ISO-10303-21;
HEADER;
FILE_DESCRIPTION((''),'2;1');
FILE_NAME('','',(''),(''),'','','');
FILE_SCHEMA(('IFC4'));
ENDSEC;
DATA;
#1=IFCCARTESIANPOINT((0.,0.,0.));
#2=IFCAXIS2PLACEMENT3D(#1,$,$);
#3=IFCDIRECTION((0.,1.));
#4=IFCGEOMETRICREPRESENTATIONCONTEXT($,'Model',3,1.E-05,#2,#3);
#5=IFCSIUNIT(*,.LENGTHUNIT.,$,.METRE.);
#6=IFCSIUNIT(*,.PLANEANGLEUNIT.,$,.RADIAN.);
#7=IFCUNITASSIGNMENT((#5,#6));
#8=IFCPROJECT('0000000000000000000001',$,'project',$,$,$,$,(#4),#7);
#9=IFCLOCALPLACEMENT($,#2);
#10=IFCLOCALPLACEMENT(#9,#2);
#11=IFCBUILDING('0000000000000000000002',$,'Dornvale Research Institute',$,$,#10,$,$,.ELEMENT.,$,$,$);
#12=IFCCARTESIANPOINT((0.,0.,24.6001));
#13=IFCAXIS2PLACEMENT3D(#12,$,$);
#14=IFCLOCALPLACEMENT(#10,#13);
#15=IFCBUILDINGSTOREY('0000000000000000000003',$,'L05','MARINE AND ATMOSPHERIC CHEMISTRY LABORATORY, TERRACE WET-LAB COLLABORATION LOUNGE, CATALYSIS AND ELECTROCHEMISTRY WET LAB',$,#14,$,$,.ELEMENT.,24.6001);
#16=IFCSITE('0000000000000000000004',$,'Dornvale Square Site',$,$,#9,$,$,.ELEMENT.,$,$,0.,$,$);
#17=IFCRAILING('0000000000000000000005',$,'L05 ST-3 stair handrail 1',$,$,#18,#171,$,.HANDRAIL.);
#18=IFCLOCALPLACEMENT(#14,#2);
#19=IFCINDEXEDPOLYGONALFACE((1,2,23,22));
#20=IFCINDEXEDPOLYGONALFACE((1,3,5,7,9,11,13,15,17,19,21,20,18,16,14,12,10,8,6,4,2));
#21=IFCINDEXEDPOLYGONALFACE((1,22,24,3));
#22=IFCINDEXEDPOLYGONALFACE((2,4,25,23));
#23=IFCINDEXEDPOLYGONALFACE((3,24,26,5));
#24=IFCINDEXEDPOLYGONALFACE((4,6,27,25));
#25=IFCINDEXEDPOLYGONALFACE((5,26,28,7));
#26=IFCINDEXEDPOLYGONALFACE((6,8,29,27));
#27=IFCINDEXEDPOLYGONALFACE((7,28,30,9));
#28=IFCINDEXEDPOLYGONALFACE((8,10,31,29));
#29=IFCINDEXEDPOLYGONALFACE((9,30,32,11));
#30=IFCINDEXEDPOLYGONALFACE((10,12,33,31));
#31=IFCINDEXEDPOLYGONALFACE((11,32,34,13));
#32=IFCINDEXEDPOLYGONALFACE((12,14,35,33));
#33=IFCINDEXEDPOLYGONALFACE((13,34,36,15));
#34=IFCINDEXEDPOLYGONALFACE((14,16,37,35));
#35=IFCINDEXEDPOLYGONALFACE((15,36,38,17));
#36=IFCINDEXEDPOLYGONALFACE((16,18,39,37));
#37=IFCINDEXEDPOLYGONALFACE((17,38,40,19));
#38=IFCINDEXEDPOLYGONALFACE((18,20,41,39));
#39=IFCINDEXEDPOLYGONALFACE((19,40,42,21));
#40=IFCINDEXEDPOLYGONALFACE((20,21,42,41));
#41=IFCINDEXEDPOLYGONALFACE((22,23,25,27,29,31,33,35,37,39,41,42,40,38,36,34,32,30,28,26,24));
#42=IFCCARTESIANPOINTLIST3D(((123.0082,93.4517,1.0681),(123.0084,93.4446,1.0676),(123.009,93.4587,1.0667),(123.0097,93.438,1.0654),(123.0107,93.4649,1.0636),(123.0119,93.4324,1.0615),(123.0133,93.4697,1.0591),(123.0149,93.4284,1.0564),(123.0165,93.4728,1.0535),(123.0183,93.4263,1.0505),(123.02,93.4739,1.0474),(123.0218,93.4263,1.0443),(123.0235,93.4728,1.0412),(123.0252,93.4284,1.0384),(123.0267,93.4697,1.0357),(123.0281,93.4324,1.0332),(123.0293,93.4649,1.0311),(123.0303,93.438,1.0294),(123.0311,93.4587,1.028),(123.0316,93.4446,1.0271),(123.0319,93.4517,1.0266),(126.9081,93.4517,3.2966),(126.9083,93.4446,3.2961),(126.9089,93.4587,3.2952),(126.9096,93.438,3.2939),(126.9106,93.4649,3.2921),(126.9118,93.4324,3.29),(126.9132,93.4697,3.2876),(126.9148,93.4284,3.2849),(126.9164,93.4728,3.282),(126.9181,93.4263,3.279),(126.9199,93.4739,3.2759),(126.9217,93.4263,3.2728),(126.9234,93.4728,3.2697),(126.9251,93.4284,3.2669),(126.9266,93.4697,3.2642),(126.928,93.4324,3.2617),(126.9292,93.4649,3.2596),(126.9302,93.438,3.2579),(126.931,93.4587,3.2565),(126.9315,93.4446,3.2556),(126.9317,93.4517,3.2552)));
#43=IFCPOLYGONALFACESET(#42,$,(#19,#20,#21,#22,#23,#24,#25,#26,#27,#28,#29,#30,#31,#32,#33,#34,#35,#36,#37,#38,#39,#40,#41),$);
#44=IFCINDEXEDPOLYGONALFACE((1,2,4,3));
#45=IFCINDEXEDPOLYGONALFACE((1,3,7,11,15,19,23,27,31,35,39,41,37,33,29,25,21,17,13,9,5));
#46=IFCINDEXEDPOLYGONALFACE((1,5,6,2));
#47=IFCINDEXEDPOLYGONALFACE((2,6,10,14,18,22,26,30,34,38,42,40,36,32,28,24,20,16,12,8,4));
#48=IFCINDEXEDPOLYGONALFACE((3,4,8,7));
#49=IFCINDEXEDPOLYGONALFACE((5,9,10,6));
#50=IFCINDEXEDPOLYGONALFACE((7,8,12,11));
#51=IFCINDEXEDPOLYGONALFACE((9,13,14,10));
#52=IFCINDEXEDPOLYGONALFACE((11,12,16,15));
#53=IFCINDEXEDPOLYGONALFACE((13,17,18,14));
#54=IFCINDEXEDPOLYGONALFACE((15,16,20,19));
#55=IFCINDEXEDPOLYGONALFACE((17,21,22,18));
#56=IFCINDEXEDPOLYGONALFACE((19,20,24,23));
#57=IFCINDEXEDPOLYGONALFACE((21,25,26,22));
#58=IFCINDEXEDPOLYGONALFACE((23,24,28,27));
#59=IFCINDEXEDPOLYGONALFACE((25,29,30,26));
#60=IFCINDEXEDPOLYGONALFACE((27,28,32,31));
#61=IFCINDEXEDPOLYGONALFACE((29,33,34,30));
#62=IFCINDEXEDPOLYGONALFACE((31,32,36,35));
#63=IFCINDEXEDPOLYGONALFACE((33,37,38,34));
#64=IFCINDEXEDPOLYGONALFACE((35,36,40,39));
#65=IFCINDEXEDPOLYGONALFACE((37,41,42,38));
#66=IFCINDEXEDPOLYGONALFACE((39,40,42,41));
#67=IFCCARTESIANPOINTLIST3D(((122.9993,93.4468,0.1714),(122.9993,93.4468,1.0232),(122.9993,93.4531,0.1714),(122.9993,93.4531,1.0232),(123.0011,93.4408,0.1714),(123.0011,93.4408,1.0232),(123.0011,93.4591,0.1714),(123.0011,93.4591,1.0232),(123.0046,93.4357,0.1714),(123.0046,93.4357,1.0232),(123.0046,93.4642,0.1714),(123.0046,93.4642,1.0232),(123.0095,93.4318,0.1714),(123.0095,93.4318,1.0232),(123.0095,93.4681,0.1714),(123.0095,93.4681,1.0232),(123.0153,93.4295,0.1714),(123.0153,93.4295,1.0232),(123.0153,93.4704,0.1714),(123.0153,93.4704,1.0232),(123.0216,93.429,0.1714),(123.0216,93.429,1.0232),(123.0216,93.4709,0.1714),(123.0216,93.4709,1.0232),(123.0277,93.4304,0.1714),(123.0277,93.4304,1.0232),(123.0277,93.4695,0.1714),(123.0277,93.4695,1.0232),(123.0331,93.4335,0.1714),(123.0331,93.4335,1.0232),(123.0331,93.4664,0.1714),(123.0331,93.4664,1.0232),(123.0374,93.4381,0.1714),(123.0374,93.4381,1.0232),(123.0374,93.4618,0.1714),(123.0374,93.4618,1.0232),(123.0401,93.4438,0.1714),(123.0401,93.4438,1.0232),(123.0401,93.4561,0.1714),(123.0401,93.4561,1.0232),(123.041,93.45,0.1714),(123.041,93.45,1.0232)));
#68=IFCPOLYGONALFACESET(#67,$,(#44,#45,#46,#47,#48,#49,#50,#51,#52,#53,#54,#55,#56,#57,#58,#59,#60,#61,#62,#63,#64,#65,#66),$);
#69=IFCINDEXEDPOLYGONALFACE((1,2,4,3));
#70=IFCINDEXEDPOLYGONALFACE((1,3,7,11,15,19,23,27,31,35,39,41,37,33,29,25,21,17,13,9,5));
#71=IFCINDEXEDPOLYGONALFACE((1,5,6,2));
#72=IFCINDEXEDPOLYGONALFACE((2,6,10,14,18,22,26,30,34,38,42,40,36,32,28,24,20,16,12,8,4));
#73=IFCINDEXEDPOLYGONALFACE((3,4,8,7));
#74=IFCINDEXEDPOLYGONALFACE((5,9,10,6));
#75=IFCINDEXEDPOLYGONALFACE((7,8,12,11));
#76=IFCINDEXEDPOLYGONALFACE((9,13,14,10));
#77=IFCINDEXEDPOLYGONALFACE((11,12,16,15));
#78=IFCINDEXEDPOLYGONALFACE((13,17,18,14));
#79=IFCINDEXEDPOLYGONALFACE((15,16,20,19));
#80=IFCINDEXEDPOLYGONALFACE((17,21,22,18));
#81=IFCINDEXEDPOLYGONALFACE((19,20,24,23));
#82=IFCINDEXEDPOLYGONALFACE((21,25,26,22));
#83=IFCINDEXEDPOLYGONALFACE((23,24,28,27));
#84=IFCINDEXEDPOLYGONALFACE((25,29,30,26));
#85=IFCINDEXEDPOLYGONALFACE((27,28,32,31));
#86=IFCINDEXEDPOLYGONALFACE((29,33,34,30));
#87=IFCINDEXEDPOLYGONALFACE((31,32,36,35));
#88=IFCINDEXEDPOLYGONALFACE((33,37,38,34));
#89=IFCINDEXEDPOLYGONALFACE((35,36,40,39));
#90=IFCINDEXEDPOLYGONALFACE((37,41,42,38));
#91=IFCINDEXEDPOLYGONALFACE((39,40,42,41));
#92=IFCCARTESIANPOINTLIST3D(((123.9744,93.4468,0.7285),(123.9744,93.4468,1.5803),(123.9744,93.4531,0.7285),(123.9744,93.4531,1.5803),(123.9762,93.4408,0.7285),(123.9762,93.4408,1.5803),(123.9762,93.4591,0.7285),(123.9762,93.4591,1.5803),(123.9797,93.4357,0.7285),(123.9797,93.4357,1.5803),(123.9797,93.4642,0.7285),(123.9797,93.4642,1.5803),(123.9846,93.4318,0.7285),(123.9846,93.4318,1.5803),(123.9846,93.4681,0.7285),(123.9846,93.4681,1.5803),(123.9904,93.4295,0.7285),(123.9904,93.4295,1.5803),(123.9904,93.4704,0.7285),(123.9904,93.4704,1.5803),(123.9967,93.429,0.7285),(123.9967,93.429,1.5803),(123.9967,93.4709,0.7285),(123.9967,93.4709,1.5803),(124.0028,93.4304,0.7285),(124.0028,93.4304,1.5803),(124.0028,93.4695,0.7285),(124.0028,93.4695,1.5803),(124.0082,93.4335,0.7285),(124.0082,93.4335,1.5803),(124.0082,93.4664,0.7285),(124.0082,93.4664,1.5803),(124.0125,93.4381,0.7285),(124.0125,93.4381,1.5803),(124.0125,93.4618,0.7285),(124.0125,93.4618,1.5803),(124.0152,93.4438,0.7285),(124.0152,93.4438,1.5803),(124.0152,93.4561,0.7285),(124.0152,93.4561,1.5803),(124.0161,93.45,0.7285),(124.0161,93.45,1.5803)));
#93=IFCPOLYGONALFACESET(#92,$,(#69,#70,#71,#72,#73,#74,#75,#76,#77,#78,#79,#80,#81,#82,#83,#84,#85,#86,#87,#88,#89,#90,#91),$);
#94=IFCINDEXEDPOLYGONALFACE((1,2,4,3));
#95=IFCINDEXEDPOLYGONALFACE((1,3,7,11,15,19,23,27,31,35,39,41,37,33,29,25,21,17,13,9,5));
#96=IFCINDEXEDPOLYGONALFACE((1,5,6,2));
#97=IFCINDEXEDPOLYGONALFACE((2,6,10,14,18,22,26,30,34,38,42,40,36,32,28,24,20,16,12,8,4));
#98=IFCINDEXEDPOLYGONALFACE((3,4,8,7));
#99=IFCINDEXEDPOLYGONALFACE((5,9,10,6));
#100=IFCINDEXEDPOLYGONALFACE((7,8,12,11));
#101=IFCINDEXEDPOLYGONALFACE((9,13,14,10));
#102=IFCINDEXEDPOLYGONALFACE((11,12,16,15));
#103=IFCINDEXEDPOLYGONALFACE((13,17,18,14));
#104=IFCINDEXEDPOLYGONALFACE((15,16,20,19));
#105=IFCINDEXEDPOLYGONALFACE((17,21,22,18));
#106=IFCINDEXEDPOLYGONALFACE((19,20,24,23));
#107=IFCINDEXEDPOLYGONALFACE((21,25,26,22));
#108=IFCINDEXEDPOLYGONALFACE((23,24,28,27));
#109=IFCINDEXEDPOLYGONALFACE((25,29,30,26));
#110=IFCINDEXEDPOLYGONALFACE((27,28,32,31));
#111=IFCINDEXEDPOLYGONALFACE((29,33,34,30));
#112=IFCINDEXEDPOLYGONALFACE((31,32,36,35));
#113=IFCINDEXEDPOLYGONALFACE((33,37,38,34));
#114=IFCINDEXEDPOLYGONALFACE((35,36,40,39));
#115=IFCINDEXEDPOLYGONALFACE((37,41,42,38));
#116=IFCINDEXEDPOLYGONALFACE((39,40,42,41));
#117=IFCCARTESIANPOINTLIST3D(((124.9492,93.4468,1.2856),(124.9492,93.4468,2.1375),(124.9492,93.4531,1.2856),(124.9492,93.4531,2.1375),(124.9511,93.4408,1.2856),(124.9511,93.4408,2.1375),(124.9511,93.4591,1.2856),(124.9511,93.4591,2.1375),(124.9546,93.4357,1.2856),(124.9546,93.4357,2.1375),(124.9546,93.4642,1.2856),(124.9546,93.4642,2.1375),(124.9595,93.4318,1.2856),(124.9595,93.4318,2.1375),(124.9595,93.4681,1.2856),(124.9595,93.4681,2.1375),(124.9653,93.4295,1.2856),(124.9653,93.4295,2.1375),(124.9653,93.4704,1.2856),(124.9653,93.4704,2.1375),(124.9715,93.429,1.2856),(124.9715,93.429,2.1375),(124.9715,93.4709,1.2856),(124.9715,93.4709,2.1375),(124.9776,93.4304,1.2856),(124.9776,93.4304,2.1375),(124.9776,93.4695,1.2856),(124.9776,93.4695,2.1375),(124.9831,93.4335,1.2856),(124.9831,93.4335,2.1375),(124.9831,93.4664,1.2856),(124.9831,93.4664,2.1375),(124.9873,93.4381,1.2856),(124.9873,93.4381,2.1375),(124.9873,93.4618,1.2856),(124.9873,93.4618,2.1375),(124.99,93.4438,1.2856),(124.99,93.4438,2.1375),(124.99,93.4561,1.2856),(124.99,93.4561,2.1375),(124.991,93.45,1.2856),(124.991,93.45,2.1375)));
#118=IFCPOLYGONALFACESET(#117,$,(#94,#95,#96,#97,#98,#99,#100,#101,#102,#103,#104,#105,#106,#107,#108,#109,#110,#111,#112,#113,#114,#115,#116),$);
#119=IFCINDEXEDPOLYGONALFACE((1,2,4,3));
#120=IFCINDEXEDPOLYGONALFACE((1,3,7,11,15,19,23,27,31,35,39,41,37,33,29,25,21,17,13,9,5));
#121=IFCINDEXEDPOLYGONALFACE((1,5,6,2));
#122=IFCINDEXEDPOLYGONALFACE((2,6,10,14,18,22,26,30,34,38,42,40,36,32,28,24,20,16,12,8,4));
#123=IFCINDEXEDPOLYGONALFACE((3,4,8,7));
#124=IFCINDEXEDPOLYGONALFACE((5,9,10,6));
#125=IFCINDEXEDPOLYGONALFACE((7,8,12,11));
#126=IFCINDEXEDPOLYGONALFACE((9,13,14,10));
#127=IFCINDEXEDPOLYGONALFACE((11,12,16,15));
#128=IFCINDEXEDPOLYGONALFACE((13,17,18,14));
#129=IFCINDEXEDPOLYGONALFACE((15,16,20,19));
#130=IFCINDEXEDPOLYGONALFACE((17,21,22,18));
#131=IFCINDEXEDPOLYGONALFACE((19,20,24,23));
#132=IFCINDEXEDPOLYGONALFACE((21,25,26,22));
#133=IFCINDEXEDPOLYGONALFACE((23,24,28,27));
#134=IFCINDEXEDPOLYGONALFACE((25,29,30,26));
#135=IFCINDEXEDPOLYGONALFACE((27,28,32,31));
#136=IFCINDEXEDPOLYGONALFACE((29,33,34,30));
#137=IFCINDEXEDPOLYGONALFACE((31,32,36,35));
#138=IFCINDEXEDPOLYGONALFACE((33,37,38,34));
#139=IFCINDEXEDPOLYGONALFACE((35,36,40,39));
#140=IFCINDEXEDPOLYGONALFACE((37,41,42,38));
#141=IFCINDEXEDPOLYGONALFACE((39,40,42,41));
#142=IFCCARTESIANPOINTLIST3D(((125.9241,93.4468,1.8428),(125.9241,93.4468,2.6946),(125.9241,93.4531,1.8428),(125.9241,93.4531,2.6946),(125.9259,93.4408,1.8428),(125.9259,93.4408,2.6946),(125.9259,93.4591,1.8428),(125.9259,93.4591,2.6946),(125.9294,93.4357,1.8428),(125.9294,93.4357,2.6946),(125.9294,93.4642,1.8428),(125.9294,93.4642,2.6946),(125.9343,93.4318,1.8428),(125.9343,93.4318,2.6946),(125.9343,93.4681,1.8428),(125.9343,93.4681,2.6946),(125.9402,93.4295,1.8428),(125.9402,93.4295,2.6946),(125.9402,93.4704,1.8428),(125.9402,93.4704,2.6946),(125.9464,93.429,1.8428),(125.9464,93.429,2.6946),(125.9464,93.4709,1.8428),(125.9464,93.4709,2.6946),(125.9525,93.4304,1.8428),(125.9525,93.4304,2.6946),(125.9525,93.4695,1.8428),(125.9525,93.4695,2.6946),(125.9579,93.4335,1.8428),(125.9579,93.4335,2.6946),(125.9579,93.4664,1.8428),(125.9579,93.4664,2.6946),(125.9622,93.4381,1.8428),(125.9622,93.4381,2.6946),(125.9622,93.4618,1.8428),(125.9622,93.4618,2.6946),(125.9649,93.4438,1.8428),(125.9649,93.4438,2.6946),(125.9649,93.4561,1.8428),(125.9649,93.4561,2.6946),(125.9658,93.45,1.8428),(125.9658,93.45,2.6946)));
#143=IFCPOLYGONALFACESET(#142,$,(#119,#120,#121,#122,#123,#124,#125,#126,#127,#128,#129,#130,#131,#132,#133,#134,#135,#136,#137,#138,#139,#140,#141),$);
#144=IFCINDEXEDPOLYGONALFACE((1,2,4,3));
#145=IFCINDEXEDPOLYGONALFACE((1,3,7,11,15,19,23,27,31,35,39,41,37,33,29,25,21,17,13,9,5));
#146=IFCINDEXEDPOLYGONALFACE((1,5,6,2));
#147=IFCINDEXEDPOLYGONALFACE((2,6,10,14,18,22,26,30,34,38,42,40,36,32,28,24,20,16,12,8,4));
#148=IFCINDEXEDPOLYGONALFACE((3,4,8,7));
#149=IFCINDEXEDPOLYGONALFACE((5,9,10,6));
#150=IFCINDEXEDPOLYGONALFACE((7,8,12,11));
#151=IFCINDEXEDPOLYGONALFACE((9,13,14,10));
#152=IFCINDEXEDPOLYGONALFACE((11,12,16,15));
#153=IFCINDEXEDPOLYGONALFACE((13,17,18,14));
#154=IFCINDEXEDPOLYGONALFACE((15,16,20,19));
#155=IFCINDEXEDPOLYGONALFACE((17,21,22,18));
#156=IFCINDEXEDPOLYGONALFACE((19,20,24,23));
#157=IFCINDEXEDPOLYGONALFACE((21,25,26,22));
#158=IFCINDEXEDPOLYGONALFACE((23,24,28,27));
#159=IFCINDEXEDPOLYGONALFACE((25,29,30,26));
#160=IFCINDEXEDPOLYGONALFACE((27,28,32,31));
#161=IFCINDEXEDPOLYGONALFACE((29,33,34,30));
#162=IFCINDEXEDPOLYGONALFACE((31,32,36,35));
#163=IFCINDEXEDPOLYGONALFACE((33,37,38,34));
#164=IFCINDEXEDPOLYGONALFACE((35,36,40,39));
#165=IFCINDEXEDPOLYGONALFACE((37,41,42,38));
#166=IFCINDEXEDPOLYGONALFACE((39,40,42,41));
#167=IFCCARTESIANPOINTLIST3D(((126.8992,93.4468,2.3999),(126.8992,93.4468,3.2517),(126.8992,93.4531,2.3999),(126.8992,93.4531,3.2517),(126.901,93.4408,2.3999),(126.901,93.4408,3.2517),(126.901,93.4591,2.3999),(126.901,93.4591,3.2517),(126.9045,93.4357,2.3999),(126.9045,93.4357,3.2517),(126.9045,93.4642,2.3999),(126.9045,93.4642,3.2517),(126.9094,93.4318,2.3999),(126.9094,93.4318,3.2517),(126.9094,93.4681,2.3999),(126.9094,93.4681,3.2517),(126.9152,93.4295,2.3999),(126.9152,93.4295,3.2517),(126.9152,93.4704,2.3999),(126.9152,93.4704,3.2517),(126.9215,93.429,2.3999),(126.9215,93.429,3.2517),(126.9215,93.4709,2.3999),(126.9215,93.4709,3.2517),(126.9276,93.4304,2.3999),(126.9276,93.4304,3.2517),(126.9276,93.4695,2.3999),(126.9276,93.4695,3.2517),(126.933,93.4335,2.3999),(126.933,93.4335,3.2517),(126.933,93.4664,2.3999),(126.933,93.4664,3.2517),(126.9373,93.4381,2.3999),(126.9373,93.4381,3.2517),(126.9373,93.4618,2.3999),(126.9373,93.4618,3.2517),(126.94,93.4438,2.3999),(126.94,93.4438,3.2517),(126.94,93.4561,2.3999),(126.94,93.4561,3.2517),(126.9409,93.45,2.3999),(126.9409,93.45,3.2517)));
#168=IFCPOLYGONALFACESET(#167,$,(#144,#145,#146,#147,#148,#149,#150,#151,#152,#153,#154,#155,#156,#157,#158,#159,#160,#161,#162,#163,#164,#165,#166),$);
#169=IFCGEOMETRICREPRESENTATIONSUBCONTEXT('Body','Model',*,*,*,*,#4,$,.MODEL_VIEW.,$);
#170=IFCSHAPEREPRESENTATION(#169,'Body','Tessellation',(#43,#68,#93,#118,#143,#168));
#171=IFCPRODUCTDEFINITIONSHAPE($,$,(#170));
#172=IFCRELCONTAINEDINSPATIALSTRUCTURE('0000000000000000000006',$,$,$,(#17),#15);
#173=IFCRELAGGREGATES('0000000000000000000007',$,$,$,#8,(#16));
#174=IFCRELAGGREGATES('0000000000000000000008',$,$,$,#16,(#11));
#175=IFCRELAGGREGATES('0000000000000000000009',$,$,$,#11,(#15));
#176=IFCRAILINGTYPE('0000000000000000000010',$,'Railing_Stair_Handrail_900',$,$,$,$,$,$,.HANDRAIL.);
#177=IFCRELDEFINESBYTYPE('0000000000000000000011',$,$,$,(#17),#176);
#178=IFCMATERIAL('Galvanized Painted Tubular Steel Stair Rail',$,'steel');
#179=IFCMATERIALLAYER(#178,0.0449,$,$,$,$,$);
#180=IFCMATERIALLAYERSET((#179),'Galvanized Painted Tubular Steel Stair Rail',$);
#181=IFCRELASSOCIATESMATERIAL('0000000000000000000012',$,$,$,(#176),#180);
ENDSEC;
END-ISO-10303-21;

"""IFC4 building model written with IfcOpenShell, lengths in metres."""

from ifc_helpers import new_model, si_unit, direction, frame, origin, origin_2d, place, context, subcontext, project, spatial, circle, extrude, material, layer, layer_set, type_object, element, save


model = new_model("IFC4")

# Units and contexts
model_context = context("Model", 3, precision=1e-05, world=origin(), true_north=direction((0.0, 1.0)))
body_context = subcontext(model_context, "Body", "Model", "MODEL_VIEW")
ifc_project = project(units=[si_unit("LENGTHUNIT", "METRE"), si_unit("PLANEANGLEUNIT", "RADIAN")], contexts=[model_context])

# Site, building, storey
site_placement = place(None, origin())
site = spatial("IfcSite", under=ifc_project, at=site_placement, Name="Dornvale Square Site", CompositionType="ELEMENT", RefElevation=0.0)
building_placement = place(site_placement, origin())
building = spatial("IfcBuilding", under=site, at=building_placement, Name="Dornvale Research Institute", CompositionType="ELEMENT")
storey_placement = place(building_placement, frame((0.0, 0.0, 24.6001)))
storey = spatial("IfcBuildingStorey", under=building, at=storey_placement, Name="L05", Description="MARINE AND ATMOSPHERIC CHEMISTRY LABORATORY, TERRACE WET-LAB COLLABORATION LOUNGE, CATALYSIS AND ELECTROCHEMISTRY WET LAB", CompositionType="ELEMENT", Elevation=24.6001)

# Railing
ifc_material_1 = material(Name="Galvanized Painted Tubular Steel Stair Rail", Category="steel")
ifc_layer_1 = layer(ifc_material_1, 0.0449)
ifc_layer_set_1 = layer_set([ifc_layer_1], Name="Galvanized Painted Tubular Steel Stair Rail")
railing_type_1 = type_object("IfcRailingType", Name="Railing_Stair_Handrail_900", PredefinedType="HANDRAIL", material=ifc_layer_set_1)
railing_1_placement = place(storey_placement, frame((123.02, 93.45, 0.1714)))
element("IfcRailing", 1, at=railing_1_placement, inside=storey, type_object=railing_type_1, Name="L05 ST-3 stair handrail 1", PredefinedType="HANDRAIL", context=body_context, shape_type="SweptSolid", body=[
    extrude(circle(Radius=0.0239, at=origin_2d()), frame((0.0, 0.0, 0.876), z_axis=(0.868243, 0.0, 0.496139), x_axis=(0.0, 1.0, 0.0)), (0.0, 0.0, 1.0), 4.4917),
    extrude(circle(Radius=0.021, at=origin_2d()), origin(), (0.0, 0.0, 1.0), 0.8518),
    extrude(circle(Radius=0.021, at=origin_2d()), frame((0.9751, 0.0, 0.5571)), (0.0, 0.0, 1.0), 0.8518),
    extrude(circle(Radius=0.021, at=origin_2d()), frame((1.95, 0.0, 1.1143)), (0.0, 0.0, 1.0), 0.8518),
    extrude(circle(Radius=0.021, at=origin_2d()), frame((2.9248, 0.0, 1.6714)), (0.0, 0.0, 1.0), 0.8518),
    extrude(circle(Radius=0.021, at=origin_2d()), frame((3.8999, 0.0, 2.2285)), (0.0, 0.0, 1.0), 0.8518),
])

save(model, "model.ifc")
